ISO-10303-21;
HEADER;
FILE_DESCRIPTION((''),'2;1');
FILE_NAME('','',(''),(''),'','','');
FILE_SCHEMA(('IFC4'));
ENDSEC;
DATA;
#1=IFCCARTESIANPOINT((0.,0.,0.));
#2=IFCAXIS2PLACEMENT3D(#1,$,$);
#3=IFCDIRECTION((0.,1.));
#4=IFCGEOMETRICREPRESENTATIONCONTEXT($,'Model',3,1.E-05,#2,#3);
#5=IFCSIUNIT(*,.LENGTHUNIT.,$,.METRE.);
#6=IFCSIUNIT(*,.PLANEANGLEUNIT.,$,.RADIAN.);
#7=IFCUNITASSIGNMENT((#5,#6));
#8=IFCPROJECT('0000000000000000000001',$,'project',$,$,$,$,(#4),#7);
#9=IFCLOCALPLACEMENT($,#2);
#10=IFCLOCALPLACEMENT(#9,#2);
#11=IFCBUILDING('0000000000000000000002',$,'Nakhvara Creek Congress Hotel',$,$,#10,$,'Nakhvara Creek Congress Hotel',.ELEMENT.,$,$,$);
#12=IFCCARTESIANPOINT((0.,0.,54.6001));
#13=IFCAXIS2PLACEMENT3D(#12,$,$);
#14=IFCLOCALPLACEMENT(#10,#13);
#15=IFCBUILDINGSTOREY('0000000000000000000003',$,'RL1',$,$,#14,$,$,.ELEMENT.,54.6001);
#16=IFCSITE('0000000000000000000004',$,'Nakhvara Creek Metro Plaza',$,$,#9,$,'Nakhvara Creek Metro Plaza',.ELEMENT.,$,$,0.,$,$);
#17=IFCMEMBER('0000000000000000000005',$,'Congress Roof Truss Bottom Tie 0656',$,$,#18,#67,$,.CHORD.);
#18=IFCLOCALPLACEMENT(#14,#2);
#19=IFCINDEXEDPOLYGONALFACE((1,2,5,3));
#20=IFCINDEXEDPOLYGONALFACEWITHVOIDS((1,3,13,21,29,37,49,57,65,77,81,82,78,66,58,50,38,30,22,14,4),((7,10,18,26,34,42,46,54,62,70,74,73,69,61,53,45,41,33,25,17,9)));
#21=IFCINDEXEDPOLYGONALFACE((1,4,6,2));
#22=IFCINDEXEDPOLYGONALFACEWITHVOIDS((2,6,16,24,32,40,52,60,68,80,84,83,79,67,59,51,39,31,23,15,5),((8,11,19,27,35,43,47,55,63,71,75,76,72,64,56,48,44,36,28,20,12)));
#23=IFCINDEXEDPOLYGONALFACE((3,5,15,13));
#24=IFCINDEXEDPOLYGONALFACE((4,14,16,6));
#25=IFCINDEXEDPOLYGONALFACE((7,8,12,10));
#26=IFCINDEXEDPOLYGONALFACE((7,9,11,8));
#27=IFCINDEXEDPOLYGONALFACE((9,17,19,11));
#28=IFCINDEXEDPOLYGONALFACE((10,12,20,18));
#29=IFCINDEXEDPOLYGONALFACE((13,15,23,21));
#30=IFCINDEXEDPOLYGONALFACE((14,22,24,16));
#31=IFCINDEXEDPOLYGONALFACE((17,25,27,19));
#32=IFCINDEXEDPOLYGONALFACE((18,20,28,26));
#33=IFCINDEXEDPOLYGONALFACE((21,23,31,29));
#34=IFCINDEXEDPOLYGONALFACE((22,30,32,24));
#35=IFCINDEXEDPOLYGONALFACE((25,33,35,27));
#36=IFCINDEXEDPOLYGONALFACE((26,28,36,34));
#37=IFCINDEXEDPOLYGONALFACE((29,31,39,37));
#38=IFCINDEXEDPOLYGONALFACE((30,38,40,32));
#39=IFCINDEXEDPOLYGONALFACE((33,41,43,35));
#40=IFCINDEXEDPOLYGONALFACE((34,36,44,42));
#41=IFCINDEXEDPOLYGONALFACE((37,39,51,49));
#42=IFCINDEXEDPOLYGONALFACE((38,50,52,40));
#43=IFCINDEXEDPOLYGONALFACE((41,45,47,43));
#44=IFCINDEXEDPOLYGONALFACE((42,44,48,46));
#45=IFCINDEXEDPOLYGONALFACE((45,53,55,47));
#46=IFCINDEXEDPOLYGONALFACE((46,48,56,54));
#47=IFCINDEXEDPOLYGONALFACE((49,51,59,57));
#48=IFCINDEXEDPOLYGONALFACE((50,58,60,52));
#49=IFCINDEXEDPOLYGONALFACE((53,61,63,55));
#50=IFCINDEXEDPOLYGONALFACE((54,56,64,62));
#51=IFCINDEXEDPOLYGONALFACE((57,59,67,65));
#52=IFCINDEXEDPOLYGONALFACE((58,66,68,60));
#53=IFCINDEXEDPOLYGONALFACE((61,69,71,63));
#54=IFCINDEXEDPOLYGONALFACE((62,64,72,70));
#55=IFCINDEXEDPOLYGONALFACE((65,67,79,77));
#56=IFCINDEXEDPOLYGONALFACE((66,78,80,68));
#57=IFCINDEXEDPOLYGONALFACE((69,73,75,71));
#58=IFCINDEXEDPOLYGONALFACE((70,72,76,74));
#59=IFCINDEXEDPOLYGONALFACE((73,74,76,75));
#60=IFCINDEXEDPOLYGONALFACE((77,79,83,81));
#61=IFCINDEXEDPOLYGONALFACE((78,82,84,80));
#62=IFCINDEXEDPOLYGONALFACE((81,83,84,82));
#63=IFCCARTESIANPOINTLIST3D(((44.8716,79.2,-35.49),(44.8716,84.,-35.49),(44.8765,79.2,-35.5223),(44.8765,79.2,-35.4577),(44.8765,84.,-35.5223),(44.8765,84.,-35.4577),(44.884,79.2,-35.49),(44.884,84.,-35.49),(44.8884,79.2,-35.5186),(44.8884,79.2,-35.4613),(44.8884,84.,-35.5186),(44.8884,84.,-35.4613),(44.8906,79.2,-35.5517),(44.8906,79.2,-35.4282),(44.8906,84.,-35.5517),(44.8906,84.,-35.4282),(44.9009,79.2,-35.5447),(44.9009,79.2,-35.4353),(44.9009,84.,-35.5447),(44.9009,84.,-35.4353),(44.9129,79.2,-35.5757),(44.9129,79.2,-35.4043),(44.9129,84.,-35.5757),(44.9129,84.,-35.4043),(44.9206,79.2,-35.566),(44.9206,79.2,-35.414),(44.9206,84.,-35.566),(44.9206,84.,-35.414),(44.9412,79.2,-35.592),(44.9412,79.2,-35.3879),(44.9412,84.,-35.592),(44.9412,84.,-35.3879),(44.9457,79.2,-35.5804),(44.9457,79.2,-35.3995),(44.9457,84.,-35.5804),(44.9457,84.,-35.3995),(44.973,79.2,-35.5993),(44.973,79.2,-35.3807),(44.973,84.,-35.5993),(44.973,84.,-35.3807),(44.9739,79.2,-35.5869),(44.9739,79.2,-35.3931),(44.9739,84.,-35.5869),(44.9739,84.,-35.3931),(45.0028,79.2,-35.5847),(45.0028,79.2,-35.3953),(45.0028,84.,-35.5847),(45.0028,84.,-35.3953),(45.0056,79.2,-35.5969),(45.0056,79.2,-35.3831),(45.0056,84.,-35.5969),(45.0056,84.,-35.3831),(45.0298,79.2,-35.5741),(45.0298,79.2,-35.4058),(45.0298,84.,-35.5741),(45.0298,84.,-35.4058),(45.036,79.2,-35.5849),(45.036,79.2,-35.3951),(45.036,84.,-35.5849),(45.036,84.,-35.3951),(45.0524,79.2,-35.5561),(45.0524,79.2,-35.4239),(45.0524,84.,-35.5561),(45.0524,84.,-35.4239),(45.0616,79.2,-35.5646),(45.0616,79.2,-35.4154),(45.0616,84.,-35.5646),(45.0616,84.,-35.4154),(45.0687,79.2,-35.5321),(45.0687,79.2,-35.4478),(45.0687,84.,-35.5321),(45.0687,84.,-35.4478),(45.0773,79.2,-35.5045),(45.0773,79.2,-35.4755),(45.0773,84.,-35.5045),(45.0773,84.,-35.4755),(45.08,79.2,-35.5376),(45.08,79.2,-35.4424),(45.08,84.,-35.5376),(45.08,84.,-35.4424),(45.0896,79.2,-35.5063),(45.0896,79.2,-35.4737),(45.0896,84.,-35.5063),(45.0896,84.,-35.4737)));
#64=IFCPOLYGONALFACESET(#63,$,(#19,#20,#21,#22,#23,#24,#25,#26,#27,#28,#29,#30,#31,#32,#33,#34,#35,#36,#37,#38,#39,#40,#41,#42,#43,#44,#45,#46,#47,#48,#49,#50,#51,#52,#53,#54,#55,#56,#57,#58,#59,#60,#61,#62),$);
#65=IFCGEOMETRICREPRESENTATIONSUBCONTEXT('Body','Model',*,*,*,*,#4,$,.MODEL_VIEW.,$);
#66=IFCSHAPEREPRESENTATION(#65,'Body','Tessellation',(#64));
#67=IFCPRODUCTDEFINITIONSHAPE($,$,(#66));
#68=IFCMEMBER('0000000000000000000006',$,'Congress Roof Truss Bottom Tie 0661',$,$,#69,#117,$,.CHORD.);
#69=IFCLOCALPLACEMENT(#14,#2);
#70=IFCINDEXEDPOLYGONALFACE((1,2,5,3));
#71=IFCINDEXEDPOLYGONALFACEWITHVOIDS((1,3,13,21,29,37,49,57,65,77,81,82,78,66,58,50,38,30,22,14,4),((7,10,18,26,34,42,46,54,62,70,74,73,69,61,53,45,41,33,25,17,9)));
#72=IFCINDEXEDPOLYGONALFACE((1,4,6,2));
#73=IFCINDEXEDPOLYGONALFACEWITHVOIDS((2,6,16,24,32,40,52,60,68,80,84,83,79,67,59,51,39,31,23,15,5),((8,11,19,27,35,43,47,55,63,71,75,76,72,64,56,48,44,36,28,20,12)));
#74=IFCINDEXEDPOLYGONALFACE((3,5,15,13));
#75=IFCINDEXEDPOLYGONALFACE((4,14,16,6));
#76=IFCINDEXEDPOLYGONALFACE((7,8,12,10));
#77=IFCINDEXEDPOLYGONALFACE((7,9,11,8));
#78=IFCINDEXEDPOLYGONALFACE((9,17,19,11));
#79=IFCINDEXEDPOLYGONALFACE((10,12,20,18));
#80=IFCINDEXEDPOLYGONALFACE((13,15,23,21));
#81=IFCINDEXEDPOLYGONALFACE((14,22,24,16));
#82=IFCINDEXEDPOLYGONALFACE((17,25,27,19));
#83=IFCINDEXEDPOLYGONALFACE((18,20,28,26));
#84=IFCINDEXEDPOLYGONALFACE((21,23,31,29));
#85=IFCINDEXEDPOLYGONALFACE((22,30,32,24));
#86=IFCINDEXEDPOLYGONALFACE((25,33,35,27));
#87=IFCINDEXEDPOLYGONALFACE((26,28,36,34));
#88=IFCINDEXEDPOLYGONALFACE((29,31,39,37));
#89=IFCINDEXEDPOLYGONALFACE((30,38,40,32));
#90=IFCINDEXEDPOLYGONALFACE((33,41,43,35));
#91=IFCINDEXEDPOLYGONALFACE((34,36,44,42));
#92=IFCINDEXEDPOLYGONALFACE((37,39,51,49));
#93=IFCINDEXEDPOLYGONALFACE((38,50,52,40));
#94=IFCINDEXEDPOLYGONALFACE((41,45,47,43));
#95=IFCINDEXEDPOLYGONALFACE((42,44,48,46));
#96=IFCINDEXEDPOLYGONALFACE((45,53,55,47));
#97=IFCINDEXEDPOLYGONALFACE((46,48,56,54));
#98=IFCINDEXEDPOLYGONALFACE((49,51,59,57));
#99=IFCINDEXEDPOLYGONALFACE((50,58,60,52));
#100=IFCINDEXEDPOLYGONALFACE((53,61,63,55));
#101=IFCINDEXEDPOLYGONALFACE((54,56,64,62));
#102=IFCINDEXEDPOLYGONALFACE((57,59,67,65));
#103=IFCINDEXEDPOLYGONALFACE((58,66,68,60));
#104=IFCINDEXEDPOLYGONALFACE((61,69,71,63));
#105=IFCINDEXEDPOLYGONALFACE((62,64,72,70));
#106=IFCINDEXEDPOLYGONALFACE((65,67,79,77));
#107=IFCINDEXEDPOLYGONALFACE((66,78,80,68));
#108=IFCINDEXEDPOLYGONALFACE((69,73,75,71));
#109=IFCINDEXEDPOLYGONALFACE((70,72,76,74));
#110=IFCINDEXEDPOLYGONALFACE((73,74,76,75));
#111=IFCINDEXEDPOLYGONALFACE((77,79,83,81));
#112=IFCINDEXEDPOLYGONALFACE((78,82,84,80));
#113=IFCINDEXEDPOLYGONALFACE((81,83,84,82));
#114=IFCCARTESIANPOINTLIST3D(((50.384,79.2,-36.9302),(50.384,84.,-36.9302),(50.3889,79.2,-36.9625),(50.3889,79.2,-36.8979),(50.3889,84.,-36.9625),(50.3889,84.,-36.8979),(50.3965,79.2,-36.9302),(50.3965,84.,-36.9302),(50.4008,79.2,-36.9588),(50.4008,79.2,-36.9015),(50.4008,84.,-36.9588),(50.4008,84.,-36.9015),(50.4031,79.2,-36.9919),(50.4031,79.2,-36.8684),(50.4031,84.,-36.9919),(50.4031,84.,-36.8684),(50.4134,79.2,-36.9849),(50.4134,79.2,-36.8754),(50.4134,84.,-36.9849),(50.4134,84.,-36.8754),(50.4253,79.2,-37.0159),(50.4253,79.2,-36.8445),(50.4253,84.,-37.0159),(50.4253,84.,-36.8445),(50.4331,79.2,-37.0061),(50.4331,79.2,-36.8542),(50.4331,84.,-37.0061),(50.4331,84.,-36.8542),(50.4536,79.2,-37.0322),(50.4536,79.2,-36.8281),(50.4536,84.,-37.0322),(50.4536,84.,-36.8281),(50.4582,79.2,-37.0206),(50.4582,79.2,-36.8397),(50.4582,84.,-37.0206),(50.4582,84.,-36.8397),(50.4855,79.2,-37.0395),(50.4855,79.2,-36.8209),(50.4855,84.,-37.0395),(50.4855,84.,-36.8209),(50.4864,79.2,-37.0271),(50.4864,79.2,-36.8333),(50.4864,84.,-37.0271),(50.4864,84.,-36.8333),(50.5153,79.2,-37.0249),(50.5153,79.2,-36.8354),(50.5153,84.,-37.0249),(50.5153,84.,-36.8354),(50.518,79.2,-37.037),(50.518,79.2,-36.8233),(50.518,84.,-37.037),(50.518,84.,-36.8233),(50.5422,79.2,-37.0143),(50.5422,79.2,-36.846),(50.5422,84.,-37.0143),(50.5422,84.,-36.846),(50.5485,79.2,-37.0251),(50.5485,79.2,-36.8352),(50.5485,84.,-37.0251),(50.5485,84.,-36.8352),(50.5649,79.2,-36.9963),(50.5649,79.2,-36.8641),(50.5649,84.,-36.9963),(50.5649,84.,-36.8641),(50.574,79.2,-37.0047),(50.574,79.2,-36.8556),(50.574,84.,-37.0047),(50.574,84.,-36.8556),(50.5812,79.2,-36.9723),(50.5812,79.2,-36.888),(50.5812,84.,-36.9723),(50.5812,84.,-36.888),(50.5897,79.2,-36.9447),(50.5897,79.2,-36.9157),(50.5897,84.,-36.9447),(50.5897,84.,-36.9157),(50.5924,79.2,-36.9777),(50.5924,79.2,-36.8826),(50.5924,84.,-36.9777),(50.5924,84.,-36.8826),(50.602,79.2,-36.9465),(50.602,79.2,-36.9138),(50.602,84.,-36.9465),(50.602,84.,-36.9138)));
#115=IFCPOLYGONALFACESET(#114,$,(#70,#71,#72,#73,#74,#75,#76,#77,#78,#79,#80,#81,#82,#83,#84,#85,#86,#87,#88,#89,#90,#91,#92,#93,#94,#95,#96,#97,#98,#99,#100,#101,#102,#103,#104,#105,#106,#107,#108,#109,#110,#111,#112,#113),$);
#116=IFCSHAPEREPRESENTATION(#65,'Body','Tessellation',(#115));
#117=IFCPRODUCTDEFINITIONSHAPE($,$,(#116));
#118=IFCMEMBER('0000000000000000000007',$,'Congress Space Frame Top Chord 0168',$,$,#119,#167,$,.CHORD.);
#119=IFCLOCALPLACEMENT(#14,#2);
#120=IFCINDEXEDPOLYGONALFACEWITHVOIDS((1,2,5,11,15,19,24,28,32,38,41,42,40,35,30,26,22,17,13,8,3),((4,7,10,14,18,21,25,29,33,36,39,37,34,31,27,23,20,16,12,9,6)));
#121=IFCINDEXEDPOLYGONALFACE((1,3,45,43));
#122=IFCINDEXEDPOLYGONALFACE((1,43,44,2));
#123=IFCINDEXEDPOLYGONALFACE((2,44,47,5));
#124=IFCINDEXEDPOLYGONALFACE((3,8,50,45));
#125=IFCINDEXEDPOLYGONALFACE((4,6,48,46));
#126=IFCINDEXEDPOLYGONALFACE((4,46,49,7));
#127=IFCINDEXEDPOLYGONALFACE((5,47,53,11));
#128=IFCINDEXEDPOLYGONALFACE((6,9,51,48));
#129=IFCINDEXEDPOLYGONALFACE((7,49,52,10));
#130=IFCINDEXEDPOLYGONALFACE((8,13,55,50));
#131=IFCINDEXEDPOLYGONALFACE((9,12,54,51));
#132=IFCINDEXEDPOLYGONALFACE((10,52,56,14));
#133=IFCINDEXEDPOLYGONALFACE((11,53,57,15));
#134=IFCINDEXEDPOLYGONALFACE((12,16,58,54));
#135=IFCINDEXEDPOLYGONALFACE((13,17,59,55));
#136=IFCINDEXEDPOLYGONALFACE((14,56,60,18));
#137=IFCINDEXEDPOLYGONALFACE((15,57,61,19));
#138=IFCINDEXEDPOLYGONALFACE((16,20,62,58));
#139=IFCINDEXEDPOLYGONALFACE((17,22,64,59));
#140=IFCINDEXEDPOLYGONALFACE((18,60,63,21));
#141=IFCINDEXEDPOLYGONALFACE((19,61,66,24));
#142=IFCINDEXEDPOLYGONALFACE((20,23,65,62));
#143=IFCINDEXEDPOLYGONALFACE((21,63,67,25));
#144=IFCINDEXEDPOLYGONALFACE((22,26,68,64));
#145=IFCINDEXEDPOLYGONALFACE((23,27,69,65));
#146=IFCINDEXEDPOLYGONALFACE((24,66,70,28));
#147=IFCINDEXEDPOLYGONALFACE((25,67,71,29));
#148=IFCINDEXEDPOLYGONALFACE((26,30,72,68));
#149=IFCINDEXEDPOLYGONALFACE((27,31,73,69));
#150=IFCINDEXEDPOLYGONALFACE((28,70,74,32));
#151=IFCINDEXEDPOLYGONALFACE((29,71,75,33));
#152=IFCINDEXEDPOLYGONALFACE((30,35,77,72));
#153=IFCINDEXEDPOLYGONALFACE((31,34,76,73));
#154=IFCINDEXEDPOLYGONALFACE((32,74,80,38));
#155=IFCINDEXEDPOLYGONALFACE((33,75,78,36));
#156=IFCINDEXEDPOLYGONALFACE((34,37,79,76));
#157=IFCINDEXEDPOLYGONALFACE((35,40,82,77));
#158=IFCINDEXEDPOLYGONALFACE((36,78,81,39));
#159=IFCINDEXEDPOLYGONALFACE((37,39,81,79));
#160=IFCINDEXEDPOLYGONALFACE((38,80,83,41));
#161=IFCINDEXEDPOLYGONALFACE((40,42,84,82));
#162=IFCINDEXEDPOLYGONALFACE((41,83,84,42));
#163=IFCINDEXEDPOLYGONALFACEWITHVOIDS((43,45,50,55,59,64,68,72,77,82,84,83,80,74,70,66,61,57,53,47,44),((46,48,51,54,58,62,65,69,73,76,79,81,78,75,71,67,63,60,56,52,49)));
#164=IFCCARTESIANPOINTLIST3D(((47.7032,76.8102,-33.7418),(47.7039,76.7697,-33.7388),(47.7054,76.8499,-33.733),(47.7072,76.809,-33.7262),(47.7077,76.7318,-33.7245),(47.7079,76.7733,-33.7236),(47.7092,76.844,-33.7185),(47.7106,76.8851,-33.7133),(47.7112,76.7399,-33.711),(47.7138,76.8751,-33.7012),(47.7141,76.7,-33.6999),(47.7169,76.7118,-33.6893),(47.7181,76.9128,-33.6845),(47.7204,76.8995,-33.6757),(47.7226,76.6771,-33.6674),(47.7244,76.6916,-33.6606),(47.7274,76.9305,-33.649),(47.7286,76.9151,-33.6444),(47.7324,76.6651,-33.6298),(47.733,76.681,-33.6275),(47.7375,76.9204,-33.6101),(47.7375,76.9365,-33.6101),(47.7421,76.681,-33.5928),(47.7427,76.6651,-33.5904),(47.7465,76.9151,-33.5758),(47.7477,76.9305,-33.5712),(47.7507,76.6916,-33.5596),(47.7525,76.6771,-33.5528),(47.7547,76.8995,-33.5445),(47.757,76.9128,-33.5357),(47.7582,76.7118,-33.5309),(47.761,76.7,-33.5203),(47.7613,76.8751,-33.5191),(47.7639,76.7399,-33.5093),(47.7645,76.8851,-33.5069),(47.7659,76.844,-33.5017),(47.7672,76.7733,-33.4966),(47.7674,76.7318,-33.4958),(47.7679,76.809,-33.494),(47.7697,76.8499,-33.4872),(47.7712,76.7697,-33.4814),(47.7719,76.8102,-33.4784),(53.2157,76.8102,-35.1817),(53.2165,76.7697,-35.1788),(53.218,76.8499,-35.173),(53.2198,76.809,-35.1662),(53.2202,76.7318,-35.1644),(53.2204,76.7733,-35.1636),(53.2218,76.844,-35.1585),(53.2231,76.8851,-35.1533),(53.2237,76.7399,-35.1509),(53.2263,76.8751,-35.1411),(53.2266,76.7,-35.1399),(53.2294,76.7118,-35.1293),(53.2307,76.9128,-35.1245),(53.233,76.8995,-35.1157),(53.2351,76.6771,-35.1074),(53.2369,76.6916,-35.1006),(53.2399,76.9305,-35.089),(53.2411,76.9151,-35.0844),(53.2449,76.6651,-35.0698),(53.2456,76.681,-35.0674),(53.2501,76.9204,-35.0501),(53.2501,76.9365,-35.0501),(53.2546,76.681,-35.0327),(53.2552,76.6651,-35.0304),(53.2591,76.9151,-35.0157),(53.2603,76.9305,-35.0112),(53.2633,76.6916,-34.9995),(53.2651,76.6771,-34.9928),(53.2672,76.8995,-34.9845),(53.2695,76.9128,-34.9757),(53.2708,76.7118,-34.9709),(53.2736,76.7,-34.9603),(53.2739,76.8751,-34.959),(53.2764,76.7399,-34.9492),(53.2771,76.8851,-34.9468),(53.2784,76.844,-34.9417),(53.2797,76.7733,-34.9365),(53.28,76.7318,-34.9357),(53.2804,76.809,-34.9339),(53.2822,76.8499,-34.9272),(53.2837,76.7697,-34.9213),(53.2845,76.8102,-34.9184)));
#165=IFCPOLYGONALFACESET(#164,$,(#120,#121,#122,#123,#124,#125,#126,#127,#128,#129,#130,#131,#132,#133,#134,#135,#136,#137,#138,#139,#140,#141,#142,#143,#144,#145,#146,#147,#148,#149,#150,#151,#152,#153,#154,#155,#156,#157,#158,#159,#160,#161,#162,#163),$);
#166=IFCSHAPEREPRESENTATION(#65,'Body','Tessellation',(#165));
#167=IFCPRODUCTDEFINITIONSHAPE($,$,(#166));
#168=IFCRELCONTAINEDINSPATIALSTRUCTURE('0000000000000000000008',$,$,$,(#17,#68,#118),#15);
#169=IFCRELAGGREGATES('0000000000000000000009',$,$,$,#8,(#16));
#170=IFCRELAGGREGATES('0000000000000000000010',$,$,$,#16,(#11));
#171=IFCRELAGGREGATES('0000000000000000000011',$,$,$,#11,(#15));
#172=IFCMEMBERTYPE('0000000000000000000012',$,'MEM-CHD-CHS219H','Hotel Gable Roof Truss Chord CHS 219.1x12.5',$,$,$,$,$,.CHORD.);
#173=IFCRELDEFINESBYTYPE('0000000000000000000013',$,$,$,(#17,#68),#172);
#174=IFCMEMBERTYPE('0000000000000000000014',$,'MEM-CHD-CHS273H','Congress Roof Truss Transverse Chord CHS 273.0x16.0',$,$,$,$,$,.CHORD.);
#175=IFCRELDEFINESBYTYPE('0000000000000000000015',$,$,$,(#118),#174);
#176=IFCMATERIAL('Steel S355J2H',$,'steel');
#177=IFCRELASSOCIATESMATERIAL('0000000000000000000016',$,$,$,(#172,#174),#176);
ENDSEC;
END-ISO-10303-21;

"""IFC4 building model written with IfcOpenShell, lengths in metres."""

from ifc_helpers import new_model, si_unit, direction, frame, origin, origin_2d, place, context, subcontext, project, spatial, hollow_circle, extrude, material, material_profile, profile_set, type_object, element, save


model = new_model("IFC4")

# Units and contexts
model_context = context("Model", 3, precision=1e-05, world=origin(), true_north=direction((0.0, 1.0)))
body_context = subcontext(model_context, "Body", "Model", "MODEL_VIEW")
ifc_project = project(units=[si_unit("LENGTHUNIT", "METRE"), si_unit("PLANEANGLEUNIT", "RADIAN")], contexts=[model_context])

# Site, building, storey
site_placement = place(None, origin())
site = spatial("IfcSite", under=ifc_project, at=site_placement, Name="Nakhvara Creek Metro Plaza", LongName="Nakhvara Creek Metro Plaza", CompositionType="ELEMENT", RefElevation=0.0)
building_placement = place(site_placement, origin())
building = spatial("IfcBuilding", under=site, at=building_placement, Name="Nakhvara Creek Congress Hotel", LongName="Nakhvara Creek Congress Hotel", CompositionType="ELEMENT")
storey_placement = place(building_placement, frame((0.0, 0.0, 54.6001)))
storey = spatial("IfcBuildingStorey", under=building, at=storey_placement, Name="RL1", CompositionType="ELEMENT", Elevation=54.6001)

# Members
ifc_material_1 = material(Name="Steel S355J2H", Category="steel")
ifc_material_profile_1 = material_profile(ifc_material_1, hollow_circle(Radius=0.1096, WallThickness=0.0125, at=origin_2d()), Name="CHS 219.1x12.5", Category="LoadBearing")
ifc_profile_set_1 = profile_set([ifc_material_profile_1], Name="Steel S355J2H")
member_type_1 = type_object("IfcMemberType", Name="MEM-CHD-CHS219H", Description="Hotel Gable Roof Truss Chord CHS 219.1x12.5", PredefinedType="CHORD", material=ifc_profile_set_1)
for number, where, z_axis, x_axis, name in (
    (1, (44.9812, 79.2, -35.49), (0.0, 1.0, 0.0), (-1.0, 0.0, 0.0), "Congress Roof Truss Bottom Tie 0656"),
    (2, (50.4937, 79.2, -36.9302), (0.0, 1.0, 0.0), (-1.0, 0.0, 0.0), "Congress Roof Truss Bottom Tie 0661"),
):
    element("IfcMember", number, at=place(storey_placement, frame(where, z_axis=z_axis, x_axis=x_axis)), inside=storey, type_object=member_type_1, Name=name, PredefinedType="CHORD", context=body_context, shape_type="SweptSolid", body=[
        extrude(hollow_circle(Radius=0.1096, WallThickness=0.0125, at=origin_2d()), origin(), (0.0, 0.0, 1.0), 4.8),
    ])
ifc_material_profile_2 = material_profile(ifc_material_1, hollow_circle(Radius=0.1365, WallThickness=0.0161, at=origin_2d()), Name="CHS 273.0x16.0", Category="LoadBearing")
ifc_profile_set_2 = profile_set([ifc_material_profile_2], Name="Steel S355J2H")
member_type_2 = type_object("IfcMemberType", Name="MEM-CHD-CHS273H", Description="Congress Roof Truss Transverse Chord CHS 273.0x16.0", PredefinedType="CHORD", material=ifc_profile_set_2)
member_1_placement = place(storey_placement, frame((47.7375, 76.8, -33.6101), z_axis=(0.967535, 0.0, -0.252736), x_axis=(0.0, 1.0, 0.0)))
element("IfcMember", 3, at=member_1_placement, inside=storey, type_object=member_type_2, Name="Congress Space Frame Top Chord 0168", PredefinedType="CHORD", context=body_context, shape_type="SweptSolid", body=[
    extrude(hollow_circle(Radius=0.1365, WallThickness=0.0161, at=origin_2d()), origin(), (0.0, 0.0, 1.0), 5.6975),
])

save(model, "model.ifc")
